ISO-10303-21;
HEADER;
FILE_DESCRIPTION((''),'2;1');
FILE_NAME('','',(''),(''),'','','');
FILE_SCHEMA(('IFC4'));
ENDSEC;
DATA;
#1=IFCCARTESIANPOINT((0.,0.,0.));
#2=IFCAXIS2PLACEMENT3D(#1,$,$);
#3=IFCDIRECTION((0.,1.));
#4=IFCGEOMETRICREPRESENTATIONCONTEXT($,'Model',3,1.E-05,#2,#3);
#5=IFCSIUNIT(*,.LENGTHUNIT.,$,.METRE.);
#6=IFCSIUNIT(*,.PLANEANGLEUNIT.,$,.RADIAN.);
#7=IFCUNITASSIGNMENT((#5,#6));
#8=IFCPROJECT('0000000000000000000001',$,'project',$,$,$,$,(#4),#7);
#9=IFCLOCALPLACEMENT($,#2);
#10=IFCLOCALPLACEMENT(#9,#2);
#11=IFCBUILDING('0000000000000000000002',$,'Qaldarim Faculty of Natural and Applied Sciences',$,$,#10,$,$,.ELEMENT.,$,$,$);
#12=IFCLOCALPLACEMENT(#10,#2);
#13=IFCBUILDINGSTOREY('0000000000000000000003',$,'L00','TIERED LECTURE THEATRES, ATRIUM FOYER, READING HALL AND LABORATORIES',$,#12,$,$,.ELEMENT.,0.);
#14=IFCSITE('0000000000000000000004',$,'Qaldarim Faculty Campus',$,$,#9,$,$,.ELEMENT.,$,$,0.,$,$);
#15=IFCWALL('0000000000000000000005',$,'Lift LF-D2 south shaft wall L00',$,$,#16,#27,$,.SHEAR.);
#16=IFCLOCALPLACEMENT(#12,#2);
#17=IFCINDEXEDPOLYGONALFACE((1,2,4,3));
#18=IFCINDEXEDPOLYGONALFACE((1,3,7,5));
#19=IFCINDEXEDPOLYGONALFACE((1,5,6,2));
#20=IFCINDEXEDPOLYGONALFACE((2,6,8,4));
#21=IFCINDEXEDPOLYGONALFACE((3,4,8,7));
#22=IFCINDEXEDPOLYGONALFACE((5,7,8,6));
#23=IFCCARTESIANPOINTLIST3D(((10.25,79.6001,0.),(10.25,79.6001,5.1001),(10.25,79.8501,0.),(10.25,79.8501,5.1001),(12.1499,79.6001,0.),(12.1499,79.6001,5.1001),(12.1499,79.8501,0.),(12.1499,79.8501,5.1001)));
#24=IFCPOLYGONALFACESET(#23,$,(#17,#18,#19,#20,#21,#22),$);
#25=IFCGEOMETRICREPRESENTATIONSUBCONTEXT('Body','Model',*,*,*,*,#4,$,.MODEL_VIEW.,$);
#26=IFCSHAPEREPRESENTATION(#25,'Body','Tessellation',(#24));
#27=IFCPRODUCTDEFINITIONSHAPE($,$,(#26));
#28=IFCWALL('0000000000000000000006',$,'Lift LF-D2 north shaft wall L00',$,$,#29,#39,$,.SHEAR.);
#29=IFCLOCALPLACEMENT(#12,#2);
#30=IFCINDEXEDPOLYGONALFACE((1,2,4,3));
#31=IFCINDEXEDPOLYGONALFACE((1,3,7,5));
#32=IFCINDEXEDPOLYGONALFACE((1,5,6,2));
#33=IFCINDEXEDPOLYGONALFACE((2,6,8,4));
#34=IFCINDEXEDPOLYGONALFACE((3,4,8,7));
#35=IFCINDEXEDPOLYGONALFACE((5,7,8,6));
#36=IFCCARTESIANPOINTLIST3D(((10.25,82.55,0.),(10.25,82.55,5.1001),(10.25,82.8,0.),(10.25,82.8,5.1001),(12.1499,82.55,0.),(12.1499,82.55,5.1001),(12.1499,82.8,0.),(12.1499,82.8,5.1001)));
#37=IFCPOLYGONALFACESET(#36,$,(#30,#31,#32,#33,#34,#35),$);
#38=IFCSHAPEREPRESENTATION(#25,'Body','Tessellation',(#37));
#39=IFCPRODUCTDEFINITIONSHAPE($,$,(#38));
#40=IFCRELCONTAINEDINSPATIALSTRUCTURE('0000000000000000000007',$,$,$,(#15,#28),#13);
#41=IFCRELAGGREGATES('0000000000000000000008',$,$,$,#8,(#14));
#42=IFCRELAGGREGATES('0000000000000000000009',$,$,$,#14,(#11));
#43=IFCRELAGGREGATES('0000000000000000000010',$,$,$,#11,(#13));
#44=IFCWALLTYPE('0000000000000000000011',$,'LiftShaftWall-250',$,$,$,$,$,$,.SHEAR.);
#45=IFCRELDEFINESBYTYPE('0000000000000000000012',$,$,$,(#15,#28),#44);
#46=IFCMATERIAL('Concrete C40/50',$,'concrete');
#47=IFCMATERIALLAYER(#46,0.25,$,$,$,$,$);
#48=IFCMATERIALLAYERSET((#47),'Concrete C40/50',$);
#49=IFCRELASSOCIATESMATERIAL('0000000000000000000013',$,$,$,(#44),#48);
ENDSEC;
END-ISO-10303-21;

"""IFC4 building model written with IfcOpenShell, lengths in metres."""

from ifc_helpers import new_model, si_unit, direction, frame, frame_2d, origin, place, context, subcontext, project, spatial, rectangle, extrude, material, layer, layer_set, type_object, element, save


model = new_model("IFC4")

# Units and contexts
model_context = context("Model", 3, precision=1e-05, world=origin(), true_north=direction((0.0, 1.0)))
body_context = subcontext(model_context, "Body", "Model", "MODEL_VIEW")
ifc_project = project(units=[si_unit("LENGTHUNIT", "METRE"), si_unit("PLANEANGLEUNIT", "RADIAN")], contexts=[model_context])

# Site, building, storey
site_placement = place(None, origin())
site = spatial("IfcSite", under=ifc_project, at=site_placement, Name="Qaldarim Faculty Campus", CompositionType="ELEMENT", RefElevation=0.0)
building_placement = place(site_placement, origin())
building = spatial("IfcBuilding", under=site, at=building_placement, Name="Qaldarim Faculty of Natural and Applied Sciences", CompositionType="ELEMENT")
storey_placement = place(building_placement, origin())
storey = spatial("IfcBuildingStorey", under=building, at=storey_placement, Name="L00", Description="TIERED LECTURE THEATRES, ATRIUM FOYER, READING HALL AND LABORATORIES", CompositionType="ELEMENT", Elevation=0.0)

# Shared definitions
ifc_material_1 = material(Name="Concrete C40/50", Category="concrete")

# Shared definitions
ifc_layer_1 = layer(ifc_material_1, 0.25)
ifc_layer_set_1 = layer_set([ifc_layer_1], Name="Concrete C40/50")
wall_type_1 = type_object("IfcWallType", Name="LiftShaftWall-250", PredefinedType="SHEAR", material=ifc_layer_set_1)

# Walls
for number, where, z_axis, x_axis, name in (
    (1, (10.25, 79.7251, 0.0), (0.0, 0.0, 1.0), (1.0, 0.0, 0.0), "Lift LF-D2 south shaft wall L00"),
    (2, (10.25, 82.675, 0.0), (0.0, 0.0, 1.0), (1.0, 0.0, 0.0), "Lift LF-D2 north shaft wall L00"),
):
    element("IfcWall", number, at=place(storey_placement, frame(where, z_axis=z_axis, x_axis=x_axis)), inside=storey, type_object=wall_type_1, Name=name, PredefinedType="SHEAR", context=body_context, shape_type="SweptSolid", body=[
        extrude(rectangle(XDim=1.8999, YDim=0.25, at=frame_2d((0.95, 0.0))), origin(), (0.0, 0.0, 1.0), 5.1001),
    ])

save(model, "model.ifc")
